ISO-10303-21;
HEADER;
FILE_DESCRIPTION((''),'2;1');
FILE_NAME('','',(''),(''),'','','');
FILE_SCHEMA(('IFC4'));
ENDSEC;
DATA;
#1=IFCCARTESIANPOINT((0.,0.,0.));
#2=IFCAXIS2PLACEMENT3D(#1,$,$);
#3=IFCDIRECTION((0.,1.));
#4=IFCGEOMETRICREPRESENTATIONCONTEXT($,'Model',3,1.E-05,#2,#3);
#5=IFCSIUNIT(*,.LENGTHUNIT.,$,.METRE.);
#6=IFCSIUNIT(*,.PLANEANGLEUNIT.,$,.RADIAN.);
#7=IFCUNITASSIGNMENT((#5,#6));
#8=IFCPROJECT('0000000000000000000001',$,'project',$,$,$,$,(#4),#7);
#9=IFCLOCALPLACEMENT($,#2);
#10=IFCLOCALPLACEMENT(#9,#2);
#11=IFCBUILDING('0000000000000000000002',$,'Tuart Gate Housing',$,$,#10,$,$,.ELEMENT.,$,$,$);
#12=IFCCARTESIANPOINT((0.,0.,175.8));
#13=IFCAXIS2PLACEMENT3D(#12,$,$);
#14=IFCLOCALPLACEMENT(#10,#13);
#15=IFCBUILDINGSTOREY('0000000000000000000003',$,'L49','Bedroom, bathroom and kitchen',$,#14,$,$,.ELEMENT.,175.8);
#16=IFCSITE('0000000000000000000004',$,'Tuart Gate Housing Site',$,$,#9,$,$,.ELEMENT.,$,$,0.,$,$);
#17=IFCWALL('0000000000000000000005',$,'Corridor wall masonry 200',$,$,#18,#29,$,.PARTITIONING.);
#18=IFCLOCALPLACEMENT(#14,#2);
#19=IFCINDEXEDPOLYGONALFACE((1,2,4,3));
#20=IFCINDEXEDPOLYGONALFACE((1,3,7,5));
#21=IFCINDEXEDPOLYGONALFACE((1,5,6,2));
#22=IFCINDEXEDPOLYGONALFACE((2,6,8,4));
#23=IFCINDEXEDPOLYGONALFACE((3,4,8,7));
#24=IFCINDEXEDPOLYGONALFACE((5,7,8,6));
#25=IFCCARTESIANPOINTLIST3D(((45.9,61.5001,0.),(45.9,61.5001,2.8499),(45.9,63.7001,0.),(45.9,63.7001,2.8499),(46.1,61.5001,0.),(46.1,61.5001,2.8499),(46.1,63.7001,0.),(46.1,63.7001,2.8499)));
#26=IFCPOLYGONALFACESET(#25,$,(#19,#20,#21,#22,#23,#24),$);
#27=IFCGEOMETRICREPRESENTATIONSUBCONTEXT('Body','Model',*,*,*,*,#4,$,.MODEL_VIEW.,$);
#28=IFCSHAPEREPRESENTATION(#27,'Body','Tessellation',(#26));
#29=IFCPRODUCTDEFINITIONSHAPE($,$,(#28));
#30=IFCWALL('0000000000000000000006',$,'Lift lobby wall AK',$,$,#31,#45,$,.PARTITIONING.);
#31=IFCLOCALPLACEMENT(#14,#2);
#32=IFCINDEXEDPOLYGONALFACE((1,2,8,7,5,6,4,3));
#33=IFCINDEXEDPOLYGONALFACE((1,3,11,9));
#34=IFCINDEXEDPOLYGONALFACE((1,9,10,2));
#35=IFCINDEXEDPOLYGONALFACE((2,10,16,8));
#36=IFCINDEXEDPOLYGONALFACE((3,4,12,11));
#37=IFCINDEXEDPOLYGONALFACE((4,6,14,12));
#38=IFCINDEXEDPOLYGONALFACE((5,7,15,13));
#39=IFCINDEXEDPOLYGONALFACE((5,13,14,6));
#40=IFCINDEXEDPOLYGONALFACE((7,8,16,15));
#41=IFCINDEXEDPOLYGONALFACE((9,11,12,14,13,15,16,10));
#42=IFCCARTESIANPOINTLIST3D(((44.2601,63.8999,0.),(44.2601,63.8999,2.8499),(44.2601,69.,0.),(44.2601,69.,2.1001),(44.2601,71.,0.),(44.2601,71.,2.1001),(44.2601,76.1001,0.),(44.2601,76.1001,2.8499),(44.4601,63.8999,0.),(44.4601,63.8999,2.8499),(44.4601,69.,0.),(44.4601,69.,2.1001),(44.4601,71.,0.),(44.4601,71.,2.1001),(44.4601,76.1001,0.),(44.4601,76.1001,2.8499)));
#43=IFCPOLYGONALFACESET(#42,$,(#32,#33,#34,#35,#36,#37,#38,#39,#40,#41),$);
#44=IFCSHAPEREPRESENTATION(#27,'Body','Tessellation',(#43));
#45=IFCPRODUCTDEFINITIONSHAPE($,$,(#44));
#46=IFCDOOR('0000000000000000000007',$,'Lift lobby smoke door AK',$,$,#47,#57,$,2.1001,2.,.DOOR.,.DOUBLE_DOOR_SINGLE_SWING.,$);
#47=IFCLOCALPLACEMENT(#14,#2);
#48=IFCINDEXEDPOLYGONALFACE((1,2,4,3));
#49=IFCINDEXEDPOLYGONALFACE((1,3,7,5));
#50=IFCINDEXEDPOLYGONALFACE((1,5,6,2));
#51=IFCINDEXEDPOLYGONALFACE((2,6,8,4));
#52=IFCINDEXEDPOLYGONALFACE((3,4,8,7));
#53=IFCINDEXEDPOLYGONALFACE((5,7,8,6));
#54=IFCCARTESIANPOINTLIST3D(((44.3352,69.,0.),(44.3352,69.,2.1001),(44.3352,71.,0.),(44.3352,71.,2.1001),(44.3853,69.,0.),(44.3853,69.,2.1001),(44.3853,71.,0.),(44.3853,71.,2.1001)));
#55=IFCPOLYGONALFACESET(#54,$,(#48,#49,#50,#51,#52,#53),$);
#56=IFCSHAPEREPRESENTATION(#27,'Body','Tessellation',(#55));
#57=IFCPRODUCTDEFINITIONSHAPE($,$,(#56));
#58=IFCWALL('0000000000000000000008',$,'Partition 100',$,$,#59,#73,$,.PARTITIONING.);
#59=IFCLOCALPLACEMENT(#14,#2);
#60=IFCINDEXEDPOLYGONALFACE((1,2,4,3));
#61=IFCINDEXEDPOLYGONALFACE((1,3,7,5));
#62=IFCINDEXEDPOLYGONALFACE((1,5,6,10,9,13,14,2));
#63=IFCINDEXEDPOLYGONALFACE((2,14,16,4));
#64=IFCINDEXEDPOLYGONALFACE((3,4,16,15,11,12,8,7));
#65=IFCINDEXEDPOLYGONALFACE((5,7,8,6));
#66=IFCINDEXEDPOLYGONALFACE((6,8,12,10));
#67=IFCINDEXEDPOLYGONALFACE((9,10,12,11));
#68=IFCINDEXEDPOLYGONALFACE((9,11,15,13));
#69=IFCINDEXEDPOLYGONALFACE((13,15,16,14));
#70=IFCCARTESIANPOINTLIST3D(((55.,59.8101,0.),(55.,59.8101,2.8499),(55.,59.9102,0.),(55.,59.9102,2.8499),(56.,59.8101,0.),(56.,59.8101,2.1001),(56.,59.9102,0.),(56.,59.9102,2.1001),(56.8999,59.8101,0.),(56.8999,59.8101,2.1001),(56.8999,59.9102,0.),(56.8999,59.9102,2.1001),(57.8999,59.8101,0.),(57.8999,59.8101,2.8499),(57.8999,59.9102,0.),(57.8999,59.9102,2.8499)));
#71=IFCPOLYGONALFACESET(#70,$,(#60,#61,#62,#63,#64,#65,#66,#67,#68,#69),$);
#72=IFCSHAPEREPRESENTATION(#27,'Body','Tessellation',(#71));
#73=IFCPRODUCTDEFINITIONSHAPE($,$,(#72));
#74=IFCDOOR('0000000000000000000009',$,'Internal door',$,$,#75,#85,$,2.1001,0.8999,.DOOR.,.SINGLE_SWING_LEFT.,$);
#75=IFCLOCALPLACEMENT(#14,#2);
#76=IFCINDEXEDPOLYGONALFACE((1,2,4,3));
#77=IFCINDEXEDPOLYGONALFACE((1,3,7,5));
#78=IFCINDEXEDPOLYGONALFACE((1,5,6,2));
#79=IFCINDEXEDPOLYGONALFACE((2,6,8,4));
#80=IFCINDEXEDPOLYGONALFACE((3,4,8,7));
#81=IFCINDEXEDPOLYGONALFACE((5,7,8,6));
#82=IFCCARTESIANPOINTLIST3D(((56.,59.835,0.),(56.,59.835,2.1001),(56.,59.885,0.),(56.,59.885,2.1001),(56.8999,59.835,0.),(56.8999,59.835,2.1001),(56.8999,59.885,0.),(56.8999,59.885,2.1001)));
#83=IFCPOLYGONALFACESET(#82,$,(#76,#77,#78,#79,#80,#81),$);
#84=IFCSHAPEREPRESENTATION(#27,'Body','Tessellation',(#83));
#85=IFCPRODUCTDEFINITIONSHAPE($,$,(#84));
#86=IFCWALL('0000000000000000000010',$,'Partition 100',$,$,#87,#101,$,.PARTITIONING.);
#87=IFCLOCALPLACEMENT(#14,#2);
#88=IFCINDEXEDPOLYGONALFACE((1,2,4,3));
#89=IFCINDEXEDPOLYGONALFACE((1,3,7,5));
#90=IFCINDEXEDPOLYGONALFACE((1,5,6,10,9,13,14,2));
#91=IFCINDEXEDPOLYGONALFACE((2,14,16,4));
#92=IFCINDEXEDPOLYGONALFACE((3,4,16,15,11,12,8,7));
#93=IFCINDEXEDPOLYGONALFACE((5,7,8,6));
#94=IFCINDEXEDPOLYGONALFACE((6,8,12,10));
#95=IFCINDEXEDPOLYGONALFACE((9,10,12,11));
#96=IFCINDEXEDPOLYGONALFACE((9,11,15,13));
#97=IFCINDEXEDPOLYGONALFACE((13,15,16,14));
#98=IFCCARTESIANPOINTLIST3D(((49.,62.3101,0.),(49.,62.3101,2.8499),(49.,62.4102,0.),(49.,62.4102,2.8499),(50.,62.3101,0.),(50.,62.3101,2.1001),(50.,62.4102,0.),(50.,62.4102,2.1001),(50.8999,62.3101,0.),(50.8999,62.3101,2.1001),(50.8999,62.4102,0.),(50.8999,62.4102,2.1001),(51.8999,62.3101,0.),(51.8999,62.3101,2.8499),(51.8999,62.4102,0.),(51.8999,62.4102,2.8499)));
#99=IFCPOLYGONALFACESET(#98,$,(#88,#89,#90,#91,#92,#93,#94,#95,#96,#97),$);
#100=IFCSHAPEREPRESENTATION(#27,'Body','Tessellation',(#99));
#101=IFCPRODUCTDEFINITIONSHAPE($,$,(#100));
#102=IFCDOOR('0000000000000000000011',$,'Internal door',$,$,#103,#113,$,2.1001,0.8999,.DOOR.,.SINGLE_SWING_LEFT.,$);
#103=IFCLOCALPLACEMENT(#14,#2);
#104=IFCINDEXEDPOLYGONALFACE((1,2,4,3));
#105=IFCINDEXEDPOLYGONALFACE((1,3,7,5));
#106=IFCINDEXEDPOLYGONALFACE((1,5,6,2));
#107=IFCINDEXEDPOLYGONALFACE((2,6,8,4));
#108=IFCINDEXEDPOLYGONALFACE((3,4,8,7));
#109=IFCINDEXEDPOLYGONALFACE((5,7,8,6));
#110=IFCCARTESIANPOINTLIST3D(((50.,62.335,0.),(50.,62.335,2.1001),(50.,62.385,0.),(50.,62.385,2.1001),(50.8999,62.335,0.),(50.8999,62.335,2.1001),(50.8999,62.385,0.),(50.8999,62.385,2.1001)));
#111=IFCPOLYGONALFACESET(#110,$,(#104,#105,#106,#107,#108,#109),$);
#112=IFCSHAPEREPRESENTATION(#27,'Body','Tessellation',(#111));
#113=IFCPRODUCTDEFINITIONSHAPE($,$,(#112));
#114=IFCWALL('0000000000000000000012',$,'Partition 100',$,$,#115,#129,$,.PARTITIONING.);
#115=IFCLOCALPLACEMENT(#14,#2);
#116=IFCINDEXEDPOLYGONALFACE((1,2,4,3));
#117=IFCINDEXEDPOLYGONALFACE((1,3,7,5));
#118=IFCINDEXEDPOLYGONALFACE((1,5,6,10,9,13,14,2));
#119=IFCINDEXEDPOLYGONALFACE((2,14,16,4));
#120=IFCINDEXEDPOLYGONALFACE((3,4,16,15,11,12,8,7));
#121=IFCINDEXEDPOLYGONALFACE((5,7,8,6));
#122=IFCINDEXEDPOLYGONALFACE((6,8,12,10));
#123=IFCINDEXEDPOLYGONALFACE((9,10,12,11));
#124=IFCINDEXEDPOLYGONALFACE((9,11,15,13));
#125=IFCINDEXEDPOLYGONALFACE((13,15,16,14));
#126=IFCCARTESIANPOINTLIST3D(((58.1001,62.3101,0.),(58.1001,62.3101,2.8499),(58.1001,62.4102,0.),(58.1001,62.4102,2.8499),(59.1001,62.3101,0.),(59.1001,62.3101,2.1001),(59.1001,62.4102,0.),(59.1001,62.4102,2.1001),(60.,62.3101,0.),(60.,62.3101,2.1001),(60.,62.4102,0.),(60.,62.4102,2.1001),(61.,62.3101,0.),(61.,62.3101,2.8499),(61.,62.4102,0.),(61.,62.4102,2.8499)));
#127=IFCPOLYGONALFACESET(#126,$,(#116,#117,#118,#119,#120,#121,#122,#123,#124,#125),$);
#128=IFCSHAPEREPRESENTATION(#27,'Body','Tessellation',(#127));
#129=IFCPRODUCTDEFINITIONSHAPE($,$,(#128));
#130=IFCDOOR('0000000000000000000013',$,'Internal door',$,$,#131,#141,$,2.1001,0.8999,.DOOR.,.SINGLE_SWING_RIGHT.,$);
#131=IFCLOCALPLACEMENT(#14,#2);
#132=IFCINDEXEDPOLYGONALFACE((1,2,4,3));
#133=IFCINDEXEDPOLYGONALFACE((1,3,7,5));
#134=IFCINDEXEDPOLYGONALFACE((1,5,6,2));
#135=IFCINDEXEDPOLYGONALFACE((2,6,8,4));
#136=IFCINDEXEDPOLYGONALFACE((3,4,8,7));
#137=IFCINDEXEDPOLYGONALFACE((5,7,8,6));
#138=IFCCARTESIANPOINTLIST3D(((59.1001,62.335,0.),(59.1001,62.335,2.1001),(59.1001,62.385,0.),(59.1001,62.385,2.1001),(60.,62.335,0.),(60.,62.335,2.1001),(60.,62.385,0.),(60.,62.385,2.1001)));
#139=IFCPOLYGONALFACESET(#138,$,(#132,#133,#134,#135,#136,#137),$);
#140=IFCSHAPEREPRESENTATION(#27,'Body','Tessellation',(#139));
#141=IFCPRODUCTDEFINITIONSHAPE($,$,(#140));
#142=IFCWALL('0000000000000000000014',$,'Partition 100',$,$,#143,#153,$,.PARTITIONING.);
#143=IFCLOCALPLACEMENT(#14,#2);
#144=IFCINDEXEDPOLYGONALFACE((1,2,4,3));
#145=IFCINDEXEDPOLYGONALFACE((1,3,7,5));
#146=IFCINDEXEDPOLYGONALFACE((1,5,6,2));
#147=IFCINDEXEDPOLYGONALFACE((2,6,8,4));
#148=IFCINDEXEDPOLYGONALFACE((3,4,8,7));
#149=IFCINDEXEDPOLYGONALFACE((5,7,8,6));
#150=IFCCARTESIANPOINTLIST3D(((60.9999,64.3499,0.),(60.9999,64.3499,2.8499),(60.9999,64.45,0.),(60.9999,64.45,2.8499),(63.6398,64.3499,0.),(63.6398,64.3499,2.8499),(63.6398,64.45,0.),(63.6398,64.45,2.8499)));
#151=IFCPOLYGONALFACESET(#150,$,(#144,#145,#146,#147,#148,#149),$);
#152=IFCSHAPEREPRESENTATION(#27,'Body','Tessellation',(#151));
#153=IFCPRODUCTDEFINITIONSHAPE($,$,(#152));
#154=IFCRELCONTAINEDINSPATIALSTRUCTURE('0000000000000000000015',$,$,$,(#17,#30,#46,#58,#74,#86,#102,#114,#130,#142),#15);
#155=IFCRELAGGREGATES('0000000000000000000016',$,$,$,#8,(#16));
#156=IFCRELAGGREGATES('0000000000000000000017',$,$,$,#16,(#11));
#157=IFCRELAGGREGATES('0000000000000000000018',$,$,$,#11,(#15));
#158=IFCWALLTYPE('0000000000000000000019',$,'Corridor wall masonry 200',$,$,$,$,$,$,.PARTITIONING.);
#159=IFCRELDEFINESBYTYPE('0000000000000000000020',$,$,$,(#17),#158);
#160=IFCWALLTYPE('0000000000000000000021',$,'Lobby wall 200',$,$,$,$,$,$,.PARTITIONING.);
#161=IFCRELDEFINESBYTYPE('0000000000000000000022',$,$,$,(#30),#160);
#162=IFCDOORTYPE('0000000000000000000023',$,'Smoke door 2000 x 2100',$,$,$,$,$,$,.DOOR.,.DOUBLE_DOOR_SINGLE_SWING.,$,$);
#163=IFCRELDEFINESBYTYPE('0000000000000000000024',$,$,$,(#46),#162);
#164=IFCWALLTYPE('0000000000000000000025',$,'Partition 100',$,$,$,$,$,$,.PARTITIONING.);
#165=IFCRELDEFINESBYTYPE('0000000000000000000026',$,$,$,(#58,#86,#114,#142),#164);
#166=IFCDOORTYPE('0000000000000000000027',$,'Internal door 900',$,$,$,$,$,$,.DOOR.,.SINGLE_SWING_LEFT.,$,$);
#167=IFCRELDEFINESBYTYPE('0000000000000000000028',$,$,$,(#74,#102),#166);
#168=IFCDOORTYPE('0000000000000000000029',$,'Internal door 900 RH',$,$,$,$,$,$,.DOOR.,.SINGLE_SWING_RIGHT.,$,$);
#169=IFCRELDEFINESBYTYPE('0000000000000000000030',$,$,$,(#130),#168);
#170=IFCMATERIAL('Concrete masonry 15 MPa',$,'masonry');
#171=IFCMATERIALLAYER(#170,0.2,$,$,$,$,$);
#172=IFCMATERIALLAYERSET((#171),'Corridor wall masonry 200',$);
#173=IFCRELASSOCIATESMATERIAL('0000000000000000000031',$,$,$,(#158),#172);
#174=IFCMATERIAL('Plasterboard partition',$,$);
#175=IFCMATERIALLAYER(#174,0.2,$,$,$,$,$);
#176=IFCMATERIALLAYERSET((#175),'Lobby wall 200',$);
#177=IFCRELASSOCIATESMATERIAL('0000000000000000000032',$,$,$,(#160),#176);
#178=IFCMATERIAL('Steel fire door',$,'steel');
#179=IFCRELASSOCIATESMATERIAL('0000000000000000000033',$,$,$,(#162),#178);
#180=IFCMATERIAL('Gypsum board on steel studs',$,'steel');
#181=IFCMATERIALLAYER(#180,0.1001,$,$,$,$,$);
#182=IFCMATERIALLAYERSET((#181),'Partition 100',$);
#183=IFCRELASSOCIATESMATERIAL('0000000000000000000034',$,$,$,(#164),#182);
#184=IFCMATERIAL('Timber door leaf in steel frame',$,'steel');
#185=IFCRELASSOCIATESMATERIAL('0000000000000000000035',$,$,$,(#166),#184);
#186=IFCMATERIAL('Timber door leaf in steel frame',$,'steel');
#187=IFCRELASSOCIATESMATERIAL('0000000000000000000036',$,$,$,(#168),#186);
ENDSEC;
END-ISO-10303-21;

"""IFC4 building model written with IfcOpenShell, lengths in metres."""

from ifc_helpers import new_model, si_unit, direction, frame, frame_2d, origin, place, context, subcontext, project, spatial, rectangle, extrude, material, layer, layer_set, type_object, element, fill, save


model = new_model("IFC4")

# Units and contexts
model_context = context("Model", 3, precision=1e-05, world=origin(), true_north=direction((0.0, 1.0)))
body_context = subcontext(model_context, "Body", "Model", "MODEL_VIEW")
ifc_project = project(units=[si_unit("LENGTHUNIT", "METRE"), si_unit("PLANEANGLEUNIT", "RADIAN")], contexts=[model_context])

# Site, building, storey
site_placement = place(None, origin())
site = spatial("IfcSite", under=ifc_project, at=site_placement, Name="Tuart Gate Housing Site", CompositionType="ELEMENT", RefElevation=0.0)
building_placement = place(site_placement, origin())
building = spatial("IfcBuilding", under=site, at=building_placement, Name="Tuart Gate Housing", CompositionType="ELEMENT")
storey_placement = place(building_placement, frame((0.0, 0.0, 175.8)))
storey = spatial("IfcBuildingStorey", under=building, at=storey_placement, Name="L49", Description="Bedroom, bathroom and kitchen", CompositionType="ELEMENT", Elevation=175.8)

# Wall
ifc_material_1 = material(Name="Concrete masonry 15 MPa", Category="masonry")
ifc_layer_1 = layer(ifc_material_1, 0.2)
ifc_layer_set_1 = layer_set([ifc_layer_1], Name="Corridor wall masonry 200")
wall_type_1 = type_object("IfcWallType", Name="Corridor wall masonry 200", PredefinedType="PARTITIONING", material=ifc_layer_set_1)
wall_1_placement = place(storey_placement, frame((46.0, 61.5, 0.0), z_axis=(0.0, 0.0, 1.0), x_axis=(0.0, 1.0, 0.0)))
element("IfcWall", 1, at=wall_1_placement, inside=storey, type_object=wall_type_1, Name="Corridor wall masonry 200", PredefinedType="PARTITIONING", context=body_context, shape_type="SweptSolid", body=[
    extrude(rectangle(XDim=2.2, YDim=0.2, at=frame_2d((1.1001, 0.0))), origin(), (0.0, 0.0, 1.0), 2.8499),
])

# Walls, openings, doors
ifc_material_2 = material(Name="Plasterboard partition")
ifc_layer_2 = layer(ifc_material_2, 0.2)
ifc_layer_set_2 = layer_set([ifc_layer_2], Name="Lobby wall 200")
wall_type_2 = type_object("IfcWallType", Name="Lobby wall 200", PredefinedType="PARTITIONING", material=ifc_layer_set_2)
wall_2_placement = place(storey_placement, frame((44.3601, 63.8999, 0.0), z_axis=(0.0, 0.0, 1.0), x_axis=(0.0, 1.0, 0.0)))
wall_2 = element("IfcWall", 2, at=wall_2_placement, inside=storey, type_object=wall_type_2, Name="Lift lobby wall AK", PredefinedType="PARTITIONING", context=body_context, shape_type="SweptSolid", body=[
    extrude(rectangle(XDim=12.2002, YDim=0.2, at=frame_2d((6.1001, 0.0))), origin(), (0.0, 0.0, 1.0), 2.8499),
])
opening_1_placement = place(wall_2_placement, frame((5.1001, 0.0, 0.0)))
opening_1 = element("IfcOpeningElement", 3, at=opening_1_placement, cuts=wall_2, PredefinedType="OPENING", context=body_context, shape_type="SweptSolid", body=[
    extrude(rectangle(XDim=2.0, YDim=2.1001, at=frame_2d((1.0, 1.05))), frame((0.0, 0.1099, 0.0), z_axis=(0.0, -1.0, 0.0), x_axis=(1.0, 0.0, 0.0)), (0.0, 0.0, 1.0), 0.22),
])
ifc_material_3 = material(Name="Steel fire door", Category="steel")
door_type_1 = type_object("IfcDoorType", Name="Smoke door 2000 x 2100", OperationType="DOUBLE_DOOR_SINGLE_SWING", PredefinedType="DOOR", material=ifc_material_3)
door_1_placement = place(opening_1_placement, origin())
door_1 = element("IfcDoor", 4, at=door_1_placement, inside=storey, type_object=door_type_1, Name="Lift lobby smoke door AK", OperationType="DOUBLE_DOOR_SINGLE_SWING", OverallHeight=2.1001, OverallWidth=2.0, PredefinedType="DOOR", context=body_context, shape_type="SweptSolid", body=[
    extrude(rectangle(XDim=2.0, YDim=2.1001, at=frame_2d((1.0, 1.05))), frame((0.0, 0.0249, 0.0), z_axis=(0.0, -1.0, 0.0), x_axis=(1.0, 0.0, 0.0)), (0.0, 0.0, 1.0), 0.05),
])
fill(opening_1, door_1)
ifc_material_4 = material(Name="Gypsum board on steel studs", Category="steel")
ifc_layer_3 = layer(ifc_material_4, 0.1001)
ifc_layer_set_3 = layer_set([ifc_layer_3], Name="Partition 100")
wall_type_3 = type_object("IfcWallType", Name="Partition 100", PredefinedType="PARTITIONING", material=ifc_layer_set_3)
wall_3_placement = place(storey_placement, frame((55.0, 59.8601, 0.0), z_axis=(0.0, 0.0, 1.0), x_axis=(1.0, 0.0, 0.0)))
wall_3 = element("IfcWall", 5, at=wall_3_placement, inside=storey, type_object=wall_type_3, Name="Partition 100", PredefinedType="PARTITIONING", context=body_context, shape_type="SweptSolid", body=[
    extrude(rectangle(XDim=2.8999, YDim=0.1001, at=frame_2d((1.45, 0.0))), origin(), (0.0, 0.0, 1.0), 2.8499),
])
opening_2_placement = place(wall_3_placement, frame((1.0, 0.0, 0.0)))
opening_2 = element("IfcOpeningElement", 6, at=opening_2_placement, cuts=wall_3, PredefinedType="OPENING", context=body_context, shape_type="SweptSolid", body=[
    extrude(rectangle(XDim=0.8999, YDim=2.1001, at=frame_2d((0.45, 1.05))), frame((0.0, 0.0601, 0.0), z_axis=(0.0, -1.0, 0.0), x_axis=(1.0, 0.0, 0.0)), (0.0, 0.0, 1.0), 0.1201),
])
ifc_material_5 = material(Name="Timber door leaf in steel frame", Category="steel")
door_type_2 = type_object("IfcDoorType", Name="Internal door 900", OperationType="SINGLE_SWING_LEFT", PredefinedType="DOOR", material=ifc_material_5)
door_2_placement = place(opening_2_placement, origin())
door_2 = element("IfcDoor", 7, at=door_2_placement, inside=storey, type_object=door_type_2, Name="Internal door", OperationType="SINGLE_SWING_LEFT", OverallHeight=2.1001, OverallWidth=0.8999, PredefinedType="DOOR", context=body_context, shape_type="SweptSolid", body=[
    extrude(rectangle(XDim=0.8999, YDim=2.1001, at=frame_2d((0.45, 1.05))), frame((0.0, 0.0249, 0.0), z_axis=(0.0, -1.0, 0.0), x_axis=(1.0, 0.0, 0.0)), (0.0, 0.0, 1.0), 0.05),
])
fill(opening_2, door_2)
wall_4_placement = place(storey_placement, frame((49.0, 62.3601, 0.0), z_axis=(0.0, 0.0, 1.0), x_axis=(1.0, 0.0, 0.0)))
wall_4 = element("IfcWall", 8, at=wall_4_placement, inside=storey, type_object=wall_type_3, Name="Partition 100", PredefinedType="PARTITIONING", context=body_context, shape_type="SweptSolid", body=[
    extrude(rectangle(XDim=2.8999, YDim=0.1001, at=frame_2d((1.45, 0.0))), origin(), (0.0, 0.0, 1.0), 2.8499),
])
opening_3_placement = place(wall_4_placement, frame((1.0, 0.0, 0.0)))
opening_3 = element("IfcOpeningElement", 9, at=opening_3_placement, cuts=wall_4, PredefinedType="OPENING", context=body_context, shape_type="SweptSolid", body=[
    extrude(rectangle(XDim=0.8999, YDim=2.1001, at=frame_2d((0.45, 1.05))), frame((0.0, 0.0601, 0.0), z_axis=(0.0, -1.0, 0.0), x_axis=(1.0, 0.0, 0.0)), (0.0, 0.0, 1.0), 0.1201),
])
door_3_placement = place(opening_3_placement, origin())
door_3 = element("IfcDoor", 10, at=door_3_placement, inside=storey, type_object=door_type_2, Name="Internal door", OperationType="SINGLE_SWING_LEFT", OverallHeight=2.1001, OverallWidth=0.8999, PredefinedType="DOOR", context=body_context, shape_type="SweptSolid", body=[
    extrude(rectangle(XDim=0.8999, YDim=2.1001, at=frame_2d((0.45, 1.05))), frame((0.0, 0.0249, 0.0), z_axis=(0.0, -1.0, 0.0), x_axis=(1.0, 0.0, 0.0)), (0.0, 0.0, 1.0), 0.05),
])
fill(opening_3, door_3)
wall_5_placement = place(storey_placement, frame((58.1001, 62.3601, 0.0), z_axis=(0.0, 0.0, 1.0), x_axis=(1.0, 0.0, 0.0)))
wall_5 = element("IfcWall", 11, at=wall_5_placement, inside=storey, type_object=wall_type_3, Name="Partition 100", PredefinedType="PARTITIONING", context=body_context, shape_type="SweptSolid", body=[
    extrude(rectangle(XDim=2.8999, YDim=0.1001, at=frame_2d((1.45, 0.0))), origin(), (0.0, 0.0, 1.0), 2.8499),
])
opening_4_placement = place(wall_5_placement, frame((1.0, 0.0, 0.0)))
opening_4 = element("IfcOpeningElement", 12, at=opening_4_placement, cuts=wall_5, PredefinedType="OPENING", context=body_context, shape_type="SweptSolid", body=[
    extrude(rectangle(XDim=0.8999, YDim=2.1001, at=frame_2d((0.45, 1.05))), frame((0.0, 0.0601, 0.0), z_axis=(0.0, -1.0, 0.0), x_axis=(1.0, 0.0, 0.0)), (0.0, 0.0, 1.0), 0.1201),
])
ifc_material_6 = material(Name="Timber door leaf in steel frame", Category="steel")
door_type_3 = type_object("IfcDoorType", Name="Internal door 900 RH", OperationType="SINGLE_SWING_RIGHT", PredefinedType="DOOR", material=ifc_material_6)
door_4_placement = place(opening_4_placement, origin())
door_4 = element("IfcDoor", 13, at=door_4_placement, inside=storey, type_object=door_type_3, Name="Internal door", OperationType="SINGLE_SWING_RIGHT", OverallHeight=2.1001, OverallWidth=0.8999, PredefinedType="DOOR", context=body_context, shape_type="SweptSolid", body=[
    extrude(rectangle(XDim=0.8999, YDim=2.1001, at=frame_2d((0.45, 1.05))), frame((0.0, 0.0249, 0.0), z_axis=(0.0, -1.0, 0.0), x_axis=(1.0, 0.0, 0.0)), (0.0, 0.0, 1.0), 0.05),
])
fill(opening_4, door_4)

# Wall
wall_6_placement = place(storey_placement, frame((61.0, 64.3999, 0.0), z_axis=(0.0, 0.0, 1.0), x_axis=(1.0, 0.0, 0.0)))
element("IfcWall", 14, at=wall_6_placement, inside=storey, type_object=wall_type_3, Name="Partition 100", PredefinedType="PARTITIONING", context=body_context, shape_type="SweptSolid", body=[
    extrude(rectangle(XDim=2.6399, YDim=0.1001, at=frame_2d((1.3198, 0.0))), origin(), (0.0, 0.0, 1.0), 2.8499),
])

save(model, "model.ifc")
